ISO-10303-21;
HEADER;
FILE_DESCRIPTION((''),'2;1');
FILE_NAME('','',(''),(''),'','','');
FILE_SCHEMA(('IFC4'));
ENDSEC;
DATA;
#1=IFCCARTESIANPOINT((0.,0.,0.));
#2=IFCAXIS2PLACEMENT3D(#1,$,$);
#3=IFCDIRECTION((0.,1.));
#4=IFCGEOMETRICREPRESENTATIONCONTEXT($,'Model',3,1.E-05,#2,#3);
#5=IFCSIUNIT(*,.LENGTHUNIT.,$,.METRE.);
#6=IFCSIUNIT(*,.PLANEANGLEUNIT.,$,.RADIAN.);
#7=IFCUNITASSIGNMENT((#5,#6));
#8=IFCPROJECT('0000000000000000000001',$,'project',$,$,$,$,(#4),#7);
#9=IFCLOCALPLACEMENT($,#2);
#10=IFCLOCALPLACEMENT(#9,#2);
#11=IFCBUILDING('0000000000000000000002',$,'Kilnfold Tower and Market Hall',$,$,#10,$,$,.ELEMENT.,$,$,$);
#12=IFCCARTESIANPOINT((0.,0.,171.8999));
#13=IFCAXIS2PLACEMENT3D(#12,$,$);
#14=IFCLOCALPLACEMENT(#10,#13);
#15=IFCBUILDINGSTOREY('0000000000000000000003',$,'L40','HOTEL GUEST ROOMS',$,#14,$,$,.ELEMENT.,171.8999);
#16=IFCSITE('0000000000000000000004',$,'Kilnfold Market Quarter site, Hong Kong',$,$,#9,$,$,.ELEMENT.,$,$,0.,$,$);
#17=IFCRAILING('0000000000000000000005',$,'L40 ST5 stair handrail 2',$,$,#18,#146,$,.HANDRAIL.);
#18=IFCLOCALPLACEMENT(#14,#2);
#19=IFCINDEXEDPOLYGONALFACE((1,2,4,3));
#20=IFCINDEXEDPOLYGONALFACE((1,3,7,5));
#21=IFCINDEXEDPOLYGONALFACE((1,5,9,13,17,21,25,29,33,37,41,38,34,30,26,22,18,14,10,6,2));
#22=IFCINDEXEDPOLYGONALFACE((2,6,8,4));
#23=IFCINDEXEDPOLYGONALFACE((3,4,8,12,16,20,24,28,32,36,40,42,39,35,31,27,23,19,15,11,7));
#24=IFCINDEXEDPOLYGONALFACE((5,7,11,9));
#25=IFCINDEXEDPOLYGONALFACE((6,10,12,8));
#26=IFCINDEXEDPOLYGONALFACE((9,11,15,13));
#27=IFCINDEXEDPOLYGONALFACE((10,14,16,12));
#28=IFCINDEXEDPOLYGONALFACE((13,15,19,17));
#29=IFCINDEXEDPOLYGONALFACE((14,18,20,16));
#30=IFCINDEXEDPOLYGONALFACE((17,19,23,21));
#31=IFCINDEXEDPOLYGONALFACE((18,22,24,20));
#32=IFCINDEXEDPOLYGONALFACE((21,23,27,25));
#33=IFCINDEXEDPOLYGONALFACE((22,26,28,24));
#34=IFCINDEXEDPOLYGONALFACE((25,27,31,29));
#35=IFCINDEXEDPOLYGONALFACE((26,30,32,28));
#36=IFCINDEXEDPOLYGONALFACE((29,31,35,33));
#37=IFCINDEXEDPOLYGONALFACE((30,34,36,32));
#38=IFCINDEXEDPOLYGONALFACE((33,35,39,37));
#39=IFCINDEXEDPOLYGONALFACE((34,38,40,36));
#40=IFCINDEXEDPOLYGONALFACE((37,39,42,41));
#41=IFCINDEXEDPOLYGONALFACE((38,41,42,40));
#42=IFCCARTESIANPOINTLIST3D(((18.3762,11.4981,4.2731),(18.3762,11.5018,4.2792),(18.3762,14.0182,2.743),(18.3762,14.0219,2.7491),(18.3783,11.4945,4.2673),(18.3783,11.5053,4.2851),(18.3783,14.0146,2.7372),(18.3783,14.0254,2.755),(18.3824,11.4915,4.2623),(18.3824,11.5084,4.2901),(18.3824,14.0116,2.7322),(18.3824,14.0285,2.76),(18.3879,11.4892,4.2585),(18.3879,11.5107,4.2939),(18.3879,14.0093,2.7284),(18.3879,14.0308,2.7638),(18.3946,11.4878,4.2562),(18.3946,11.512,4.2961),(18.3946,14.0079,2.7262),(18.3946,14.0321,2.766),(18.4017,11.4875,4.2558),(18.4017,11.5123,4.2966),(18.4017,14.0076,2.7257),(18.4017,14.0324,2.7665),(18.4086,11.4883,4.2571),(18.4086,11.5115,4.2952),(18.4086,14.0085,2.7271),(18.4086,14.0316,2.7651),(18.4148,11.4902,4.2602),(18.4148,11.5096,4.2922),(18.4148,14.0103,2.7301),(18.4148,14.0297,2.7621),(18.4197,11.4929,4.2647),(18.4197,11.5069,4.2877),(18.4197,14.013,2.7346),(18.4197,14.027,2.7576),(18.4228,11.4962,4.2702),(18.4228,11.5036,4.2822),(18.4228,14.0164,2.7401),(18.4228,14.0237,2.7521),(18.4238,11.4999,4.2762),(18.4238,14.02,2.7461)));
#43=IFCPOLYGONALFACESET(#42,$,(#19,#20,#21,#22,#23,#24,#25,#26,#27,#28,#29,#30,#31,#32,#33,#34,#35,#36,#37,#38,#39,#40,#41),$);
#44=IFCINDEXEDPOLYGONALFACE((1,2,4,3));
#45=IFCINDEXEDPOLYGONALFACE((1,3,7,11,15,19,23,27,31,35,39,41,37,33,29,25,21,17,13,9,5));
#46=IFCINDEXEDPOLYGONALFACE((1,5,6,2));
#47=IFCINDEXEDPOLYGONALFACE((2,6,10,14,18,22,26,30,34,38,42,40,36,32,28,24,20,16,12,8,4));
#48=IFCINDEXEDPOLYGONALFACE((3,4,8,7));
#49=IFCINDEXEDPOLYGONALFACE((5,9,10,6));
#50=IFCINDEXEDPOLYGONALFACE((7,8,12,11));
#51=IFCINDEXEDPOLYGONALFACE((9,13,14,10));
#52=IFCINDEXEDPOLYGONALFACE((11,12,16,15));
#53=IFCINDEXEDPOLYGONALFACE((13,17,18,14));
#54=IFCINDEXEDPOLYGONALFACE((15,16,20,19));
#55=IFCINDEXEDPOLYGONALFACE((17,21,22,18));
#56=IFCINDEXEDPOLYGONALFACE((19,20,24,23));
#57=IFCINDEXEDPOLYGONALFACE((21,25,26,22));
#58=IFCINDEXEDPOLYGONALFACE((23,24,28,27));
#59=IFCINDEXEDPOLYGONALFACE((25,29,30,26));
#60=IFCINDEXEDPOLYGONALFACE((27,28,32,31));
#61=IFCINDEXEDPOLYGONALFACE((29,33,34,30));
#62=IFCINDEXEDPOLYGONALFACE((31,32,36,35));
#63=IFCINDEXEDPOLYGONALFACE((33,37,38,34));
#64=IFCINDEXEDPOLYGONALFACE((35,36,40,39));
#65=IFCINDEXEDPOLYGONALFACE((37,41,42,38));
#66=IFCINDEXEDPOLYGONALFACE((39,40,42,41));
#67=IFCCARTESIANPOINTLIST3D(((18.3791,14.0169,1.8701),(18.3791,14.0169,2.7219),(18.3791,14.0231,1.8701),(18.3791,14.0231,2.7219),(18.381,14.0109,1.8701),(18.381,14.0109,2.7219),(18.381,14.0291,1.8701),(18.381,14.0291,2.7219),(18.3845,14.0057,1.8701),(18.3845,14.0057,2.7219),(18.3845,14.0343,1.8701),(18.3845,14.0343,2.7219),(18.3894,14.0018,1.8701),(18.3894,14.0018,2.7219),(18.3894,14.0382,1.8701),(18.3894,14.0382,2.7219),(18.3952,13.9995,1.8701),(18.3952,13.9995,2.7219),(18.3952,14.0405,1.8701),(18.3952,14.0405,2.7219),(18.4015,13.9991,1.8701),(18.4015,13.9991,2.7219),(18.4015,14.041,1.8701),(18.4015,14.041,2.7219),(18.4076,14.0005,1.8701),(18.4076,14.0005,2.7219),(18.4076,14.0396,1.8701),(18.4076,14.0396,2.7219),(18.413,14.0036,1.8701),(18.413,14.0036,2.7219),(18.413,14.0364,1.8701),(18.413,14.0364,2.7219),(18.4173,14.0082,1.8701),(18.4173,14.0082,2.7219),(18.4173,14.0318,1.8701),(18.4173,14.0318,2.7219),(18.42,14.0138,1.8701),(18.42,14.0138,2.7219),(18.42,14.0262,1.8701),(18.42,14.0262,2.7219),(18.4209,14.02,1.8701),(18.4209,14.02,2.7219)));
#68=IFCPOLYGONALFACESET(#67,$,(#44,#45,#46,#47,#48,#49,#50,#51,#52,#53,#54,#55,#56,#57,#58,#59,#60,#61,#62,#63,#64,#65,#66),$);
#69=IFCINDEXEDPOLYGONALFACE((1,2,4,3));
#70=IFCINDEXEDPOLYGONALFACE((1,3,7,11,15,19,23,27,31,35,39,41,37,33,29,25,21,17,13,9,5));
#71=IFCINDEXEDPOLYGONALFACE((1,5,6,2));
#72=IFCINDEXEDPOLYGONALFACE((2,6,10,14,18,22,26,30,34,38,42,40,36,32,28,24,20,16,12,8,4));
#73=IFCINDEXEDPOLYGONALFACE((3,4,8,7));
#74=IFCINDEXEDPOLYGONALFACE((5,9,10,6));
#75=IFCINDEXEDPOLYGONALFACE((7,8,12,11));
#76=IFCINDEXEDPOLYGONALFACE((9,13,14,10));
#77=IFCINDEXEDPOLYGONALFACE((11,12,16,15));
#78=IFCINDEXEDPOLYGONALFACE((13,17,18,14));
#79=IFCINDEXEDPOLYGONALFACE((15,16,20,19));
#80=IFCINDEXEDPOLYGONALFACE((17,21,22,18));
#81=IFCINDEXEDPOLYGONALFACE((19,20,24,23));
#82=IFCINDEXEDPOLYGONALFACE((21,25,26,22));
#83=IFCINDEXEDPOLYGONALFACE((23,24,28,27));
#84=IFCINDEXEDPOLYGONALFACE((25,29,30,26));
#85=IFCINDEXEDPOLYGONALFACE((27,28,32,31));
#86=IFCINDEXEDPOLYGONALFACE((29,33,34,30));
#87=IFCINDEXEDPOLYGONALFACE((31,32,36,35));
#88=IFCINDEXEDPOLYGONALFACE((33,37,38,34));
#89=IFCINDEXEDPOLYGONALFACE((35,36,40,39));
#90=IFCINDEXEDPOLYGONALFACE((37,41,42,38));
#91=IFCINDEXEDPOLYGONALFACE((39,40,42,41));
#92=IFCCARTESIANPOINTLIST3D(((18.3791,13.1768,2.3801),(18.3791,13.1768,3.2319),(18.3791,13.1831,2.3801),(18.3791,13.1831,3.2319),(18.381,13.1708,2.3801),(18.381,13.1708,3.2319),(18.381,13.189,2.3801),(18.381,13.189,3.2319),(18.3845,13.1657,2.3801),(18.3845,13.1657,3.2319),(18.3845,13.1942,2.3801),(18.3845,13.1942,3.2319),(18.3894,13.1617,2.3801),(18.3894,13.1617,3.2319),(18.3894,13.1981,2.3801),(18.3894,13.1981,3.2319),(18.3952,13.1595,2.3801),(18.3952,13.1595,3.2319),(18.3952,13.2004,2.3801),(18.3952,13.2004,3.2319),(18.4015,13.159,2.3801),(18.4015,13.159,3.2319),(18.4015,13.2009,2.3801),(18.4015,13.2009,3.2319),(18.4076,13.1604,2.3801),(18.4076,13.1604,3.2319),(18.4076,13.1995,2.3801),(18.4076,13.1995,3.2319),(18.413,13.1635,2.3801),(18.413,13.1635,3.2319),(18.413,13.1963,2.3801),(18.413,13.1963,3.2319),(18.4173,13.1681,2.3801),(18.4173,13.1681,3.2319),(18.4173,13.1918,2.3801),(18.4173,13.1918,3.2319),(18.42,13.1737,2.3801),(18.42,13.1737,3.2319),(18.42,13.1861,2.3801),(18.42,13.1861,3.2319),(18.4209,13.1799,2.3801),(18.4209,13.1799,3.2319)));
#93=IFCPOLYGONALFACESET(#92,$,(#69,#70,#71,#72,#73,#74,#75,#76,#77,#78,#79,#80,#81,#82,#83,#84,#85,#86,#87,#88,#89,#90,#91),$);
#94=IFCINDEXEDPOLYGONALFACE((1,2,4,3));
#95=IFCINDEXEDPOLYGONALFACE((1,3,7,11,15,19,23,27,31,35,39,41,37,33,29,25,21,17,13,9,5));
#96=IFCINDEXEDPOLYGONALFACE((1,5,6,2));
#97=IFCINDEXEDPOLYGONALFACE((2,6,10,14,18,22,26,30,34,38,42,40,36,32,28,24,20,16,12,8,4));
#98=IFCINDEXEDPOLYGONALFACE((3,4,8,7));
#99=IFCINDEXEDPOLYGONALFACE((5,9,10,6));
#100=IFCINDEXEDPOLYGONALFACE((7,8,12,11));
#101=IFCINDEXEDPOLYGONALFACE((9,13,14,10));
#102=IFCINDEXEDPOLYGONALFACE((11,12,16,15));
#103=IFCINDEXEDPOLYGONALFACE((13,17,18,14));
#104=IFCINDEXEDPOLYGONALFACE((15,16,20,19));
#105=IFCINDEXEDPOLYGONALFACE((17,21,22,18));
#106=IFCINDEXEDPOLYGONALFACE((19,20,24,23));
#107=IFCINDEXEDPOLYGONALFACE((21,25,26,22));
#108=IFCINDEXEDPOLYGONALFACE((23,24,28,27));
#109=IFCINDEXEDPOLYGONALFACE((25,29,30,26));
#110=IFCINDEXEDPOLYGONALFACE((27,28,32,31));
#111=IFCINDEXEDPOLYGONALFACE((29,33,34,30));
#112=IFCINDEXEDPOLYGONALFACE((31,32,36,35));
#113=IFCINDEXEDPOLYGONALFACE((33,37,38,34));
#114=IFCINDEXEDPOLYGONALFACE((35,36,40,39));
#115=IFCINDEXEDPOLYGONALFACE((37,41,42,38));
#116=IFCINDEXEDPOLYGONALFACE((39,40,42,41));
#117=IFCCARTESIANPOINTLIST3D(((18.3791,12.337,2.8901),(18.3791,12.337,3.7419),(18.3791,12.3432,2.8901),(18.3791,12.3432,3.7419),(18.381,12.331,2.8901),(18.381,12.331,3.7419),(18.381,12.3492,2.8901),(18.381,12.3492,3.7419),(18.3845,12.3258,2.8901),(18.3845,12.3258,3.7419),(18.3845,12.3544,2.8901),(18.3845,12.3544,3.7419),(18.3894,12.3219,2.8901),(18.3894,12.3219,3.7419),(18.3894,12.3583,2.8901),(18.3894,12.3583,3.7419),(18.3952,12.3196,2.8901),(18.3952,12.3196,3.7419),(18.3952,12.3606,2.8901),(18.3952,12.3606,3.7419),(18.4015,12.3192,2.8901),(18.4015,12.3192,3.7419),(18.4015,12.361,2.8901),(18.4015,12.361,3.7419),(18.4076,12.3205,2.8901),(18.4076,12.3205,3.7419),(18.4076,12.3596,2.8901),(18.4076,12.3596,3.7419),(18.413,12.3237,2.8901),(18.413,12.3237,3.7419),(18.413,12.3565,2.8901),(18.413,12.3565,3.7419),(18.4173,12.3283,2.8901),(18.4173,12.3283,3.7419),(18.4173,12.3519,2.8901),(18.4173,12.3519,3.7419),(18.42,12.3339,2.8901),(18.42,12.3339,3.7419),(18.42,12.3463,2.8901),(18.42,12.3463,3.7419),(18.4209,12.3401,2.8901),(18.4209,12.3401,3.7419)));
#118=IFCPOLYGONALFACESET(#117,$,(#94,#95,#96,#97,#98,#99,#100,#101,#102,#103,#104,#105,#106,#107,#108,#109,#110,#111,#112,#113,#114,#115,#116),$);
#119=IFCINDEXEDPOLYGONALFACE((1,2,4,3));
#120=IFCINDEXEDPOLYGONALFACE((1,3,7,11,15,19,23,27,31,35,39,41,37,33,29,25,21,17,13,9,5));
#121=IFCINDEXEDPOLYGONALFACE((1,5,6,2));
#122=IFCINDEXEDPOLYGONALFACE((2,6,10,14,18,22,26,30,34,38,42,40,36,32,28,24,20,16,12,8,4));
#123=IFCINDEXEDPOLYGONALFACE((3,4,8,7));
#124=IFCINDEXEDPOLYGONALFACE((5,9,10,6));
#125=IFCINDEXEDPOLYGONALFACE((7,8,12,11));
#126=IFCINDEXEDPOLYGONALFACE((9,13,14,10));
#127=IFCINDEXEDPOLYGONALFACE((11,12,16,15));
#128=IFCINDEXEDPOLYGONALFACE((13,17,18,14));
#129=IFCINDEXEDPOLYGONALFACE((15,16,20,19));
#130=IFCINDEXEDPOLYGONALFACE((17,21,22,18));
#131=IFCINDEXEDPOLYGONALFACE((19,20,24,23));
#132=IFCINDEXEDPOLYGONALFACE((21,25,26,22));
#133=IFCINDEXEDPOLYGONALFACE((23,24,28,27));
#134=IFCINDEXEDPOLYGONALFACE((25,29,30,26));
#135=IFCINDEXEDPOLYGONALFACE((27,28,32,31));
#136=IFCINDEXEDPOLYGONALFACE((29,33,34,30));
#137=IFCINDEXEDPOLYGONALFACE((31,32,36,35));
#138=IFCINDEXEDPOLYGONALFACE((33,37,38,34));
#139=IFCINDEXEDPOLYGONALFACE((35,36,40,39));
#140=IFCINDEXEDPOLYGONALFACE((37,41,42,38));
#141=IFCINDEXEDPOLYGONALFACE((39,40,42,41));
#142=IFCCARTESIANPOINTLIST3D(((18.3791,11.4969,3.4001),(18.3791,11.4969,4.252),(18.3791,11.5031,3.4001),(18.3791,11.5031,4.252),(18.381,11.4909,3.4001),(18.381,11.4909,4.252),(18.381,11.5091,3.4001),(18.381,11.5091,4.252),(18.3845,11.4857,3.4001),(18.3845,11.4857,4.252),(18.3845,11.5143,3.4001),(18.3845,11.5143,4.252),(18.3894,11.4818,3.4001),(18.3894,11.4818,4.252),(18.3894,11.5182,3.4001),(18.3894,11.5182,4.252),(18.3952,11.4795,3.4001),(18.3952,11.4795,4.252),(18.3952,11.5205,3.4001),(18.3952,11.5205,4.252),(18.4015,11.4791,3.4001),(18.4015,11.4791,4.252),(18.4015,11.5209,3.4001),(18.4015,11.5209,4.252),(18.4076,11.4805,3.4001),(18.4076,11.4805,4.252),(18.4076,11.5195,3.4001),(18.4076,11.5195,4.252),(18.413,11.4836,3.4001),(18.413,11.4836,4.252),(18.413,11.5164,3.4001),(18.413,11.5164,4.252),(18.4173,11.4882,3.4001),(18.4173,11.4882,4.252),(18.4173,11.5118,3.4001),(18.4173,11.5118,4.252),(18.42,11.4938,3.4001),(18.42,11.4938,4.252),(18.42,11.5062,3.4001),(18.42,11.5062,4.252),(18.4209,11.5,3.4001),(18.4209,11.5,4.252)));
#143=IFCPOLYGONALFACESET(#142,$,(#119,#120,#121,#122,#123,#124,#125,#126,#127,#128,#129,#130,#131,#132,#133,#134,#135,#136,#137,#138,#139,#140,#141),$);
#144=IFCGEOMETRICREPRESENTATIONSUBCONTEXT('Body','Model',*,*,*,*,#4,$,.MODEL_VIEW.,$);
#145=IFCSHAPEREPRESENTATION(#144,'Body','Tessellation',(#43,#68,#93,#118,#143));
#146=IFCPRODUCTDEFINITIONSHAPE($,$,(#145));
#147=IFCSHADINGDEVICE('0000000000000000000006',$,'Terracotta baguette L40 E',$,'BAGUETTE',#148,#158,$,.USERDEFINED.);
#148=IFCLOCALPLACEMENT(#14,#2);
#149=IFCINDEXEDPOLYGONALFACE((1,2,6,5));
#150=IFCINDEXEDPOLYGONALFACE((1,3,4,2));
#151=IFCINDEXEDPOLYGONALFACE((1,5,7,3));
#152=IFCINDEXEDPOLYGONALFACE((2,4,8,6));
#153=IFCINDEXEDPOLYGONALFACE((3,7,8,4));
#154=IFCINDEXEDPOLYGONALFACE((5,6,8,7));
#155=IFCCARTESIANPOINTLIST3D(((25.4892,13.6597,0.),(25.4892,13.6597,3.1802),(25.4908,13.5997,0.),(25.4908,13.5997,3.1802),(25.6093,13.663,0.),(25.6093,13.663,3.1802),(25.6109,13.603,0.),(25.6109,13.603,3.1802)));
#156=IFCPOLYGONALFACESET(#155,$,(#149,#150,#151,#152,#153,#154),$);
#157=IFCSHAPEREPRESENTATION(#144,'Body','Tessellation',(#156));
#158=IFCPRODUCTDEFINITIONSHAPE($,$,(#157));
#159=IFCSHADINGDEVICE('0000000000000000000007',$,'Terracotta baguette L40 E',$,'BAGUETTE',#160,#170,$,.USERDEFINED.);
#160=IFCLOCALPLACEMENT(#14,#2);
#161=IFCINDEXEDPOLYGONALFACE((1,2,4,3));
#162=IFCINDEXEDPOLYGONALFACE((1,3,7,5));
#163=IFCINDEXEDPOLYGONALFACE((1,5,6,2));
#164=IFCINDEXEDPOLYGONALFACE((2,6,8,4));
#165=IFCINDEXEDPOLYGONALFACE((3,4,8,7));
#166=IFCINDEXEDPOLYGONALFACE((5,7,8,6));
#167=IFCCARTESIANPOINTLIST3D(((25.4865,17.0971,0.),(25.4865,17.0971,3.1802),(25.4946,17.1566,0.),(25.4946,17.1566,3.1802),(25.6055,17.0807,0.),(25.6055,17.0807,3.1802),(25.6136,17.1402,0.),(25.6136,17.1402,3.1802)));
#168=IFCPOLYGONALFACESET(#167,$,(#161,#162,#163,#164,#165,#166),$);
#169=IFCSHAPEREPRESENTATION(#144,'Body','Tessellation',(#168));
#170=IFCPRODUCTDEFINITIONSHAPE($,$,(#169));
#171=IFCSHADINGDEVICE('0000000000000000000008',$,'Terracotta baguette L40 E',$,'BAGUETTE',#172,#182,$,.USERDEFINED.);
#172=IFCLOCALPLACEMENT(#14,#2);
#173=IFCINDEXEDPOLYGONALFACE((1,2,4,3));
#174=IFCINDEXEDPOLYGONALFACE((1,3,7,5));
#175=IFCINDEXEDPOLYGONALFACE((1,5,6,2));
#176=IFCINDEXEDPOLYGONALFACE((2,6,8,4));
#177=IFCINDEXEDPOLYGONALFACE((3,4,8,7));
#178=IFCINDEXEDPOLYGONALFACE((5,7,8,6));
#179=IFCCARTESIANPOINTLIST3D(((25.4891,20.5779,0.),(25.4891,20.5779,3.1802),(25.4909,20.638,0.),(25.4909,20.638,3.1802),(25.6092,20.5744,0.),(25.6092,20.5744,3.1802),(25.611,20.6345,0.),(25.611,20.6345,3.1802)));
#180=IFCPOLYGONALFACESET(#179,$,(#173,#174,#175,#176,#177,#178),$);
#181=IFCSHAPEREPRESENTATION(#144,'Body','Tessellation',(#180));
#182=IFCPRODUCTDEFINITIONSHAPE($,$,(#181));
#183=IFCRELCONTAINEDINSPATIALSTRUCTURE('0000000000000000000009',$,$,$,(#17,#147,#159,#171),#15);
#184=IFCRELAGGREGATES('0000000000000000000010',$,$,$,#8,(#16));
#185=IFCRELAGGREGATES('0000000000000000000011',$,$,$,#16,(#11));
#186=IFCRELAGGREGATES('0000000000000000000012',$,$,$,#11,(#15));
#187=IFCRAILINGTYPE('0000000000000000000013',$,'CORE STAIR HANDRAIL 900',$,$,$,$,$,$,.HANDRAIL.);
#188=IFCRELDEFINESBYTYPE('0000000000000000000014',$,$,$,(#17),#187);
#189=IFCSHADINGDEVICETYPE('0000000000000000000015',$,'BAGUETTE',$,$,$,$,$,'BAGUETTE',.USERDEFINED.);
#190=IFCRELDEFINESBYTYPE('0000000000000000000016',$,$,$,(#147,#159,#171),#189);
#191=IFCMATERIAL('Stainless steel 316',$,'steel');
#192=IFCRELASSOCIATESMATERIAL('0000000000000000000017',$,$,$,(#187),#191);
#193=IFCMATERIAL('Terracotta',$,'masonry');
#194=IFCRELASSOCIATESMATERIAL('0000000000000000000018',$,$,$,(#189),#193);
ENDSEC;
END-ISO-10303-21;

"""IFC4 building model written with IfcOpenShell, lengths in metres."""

from ifc_helpers import new_model, si_unit, direction, frame, origin, origin_2d, place, context, subcontext, project, spatial, rectangle, circle, extrude, source, transform, mapped, material, material_profile, profile_set, type_object, element, save


model = new_model("IFC4")

# Units and contexts
model_context = context("Model", 3, precision=1e-05, world=origin(), true_north=direction((0.0, 1.0)))
body_context = subcontext(model_context, "Body", "Model", "MODEL_VIEW")
ifc_project = project(units=[si_unit("LENGTHUNIT", "METRE"), si_unit("PLANEANGLEUNIT", "RADIAN")], contexts=[model_context])

# Site, building, storey
site_placement = place(None, origin())
site = spatial("IfcSite", under=ifc_project, at=site_placement, Name="Kilnfold Market Quarter site, Hong Kong", CompositionType="ELEMENT", RefElevation=0.0)
building_placement = place(site_placement, origin())
building = spatial("IfcBuilding", under=site, at=building_placement, Name="Kilnfold Tower and Market Hall", CompositionType="ELEMENT")
storey_placement = place(building_placement, frame((0.0, 0.0, 171.8999)))
storey = spatial("IfcBuildingStorey", under=building, at=storey_placement, Name="L40", Description="HOTEL GUEST ROOMS", CompositionType="ELEMENT", Elevation=171.8999)

# Railing
ifc_material_1 = material(Name="Stainless steel 316", Category="steel")
railing_type = type_object("IfcRailingType", Name="CORE STAIR HANDRAIL 900", PredefinedType="HANDRAIL", material=ifc_material_1)
railing_placement = place(storey_placement, frame((18.3999, 14.02, 1.8701)))
element("IfcRailing", 1, at=railing_placement, inside=storey, type_object=railing_type, Name="L40 ST5 stair handrail 2", PredefinedType="HANDRAIL", context=body_context, shape_type="SweptSolid", body=[
    extrude(circle(Radius=0.0239, at=origin_2d()), frame((0.0, 0.0, 0.876), z_axis=(0.0, -0.854785, 0.518982), x_axis=(1.0, 0.0, 0.0)), (0.0, 0.0, 1.0), 2.9482),
    extrude(circle(Radius=0.021, at=origin_2d()), origin(), (0.0, 0.0, 1.0), 0.8518),
    extrude(circle(Radius=0.021, at=origin_2d()), frame((0.0, -0.8401, 0.51)), (0.0, 0.0, 1.0), 0.8518),
    extrude(circle(Radius=0.021, at=origin_2d()), frame((0.0, -1.6799, 1.02)), (0.0, 0.0, 1.0), 0.8518),
    extrude(circle(Radius=0.021, at=origin_2d()), frame((0.0, -2.52, 1.53)), (0.0, 0.0, 1.0), 0.8518),
])

# Shading devices
ifc_material_2 = material(Name="Terracotta", Category="masonry")
ifc_material_profile_1 = material_profile(ifc_material_2, rectangle(XDim=0.0601, YDim=0.1201, at=origin_2d()), Name="BAG 60x120")
ifc_profile_set_1 = profile_set([ifc_material_profile_1], Name="Terracotta")
shading_device_type = type_object("IfcShadingDeviceType", Name="BAGUETTE", ElementType="BAGUETTE", PredefinedType="USERDEFINED", material=ifc_profile_set_1)
shared_shape_1 = source(origin(), body_context, "Body", "SweptSolid", [
    extrude(rectangle(XDim=0.0601, YDim=0.1201, at=origin_2d()), origin(), (0.0, 0.0, 1.0), 3.1802),
])
for number, where, z_axis, x_axis, name in (
    (2, (25.55, 13.6313, 0.0), (0.0, 0.0, 1.0), (-0.027697, 0.999616, 0.0), "Terracotta baguette L40 E"),
    (3, (25.55, 17.1187, 0.0), (0.0, 0.0, 1.0), (0.136269, 0.990672, 0.0), "Terracotta baguette L40 E"),
    (4, (25.55, 20.6062, 0.0), (0.0, 0.0, 1.0), (0.02923, 0.999573, 0.0), "Terracotta baguette L40 E"),
):
    element("IfcShadingDevice", number, at=place(storey_placement, frame(where, z_axis=z_axis, x_axis=x_axis)), inside=storey, type_object=shading_device_type, Name=name, ObjectType="BAGUETTE", PredefinedType="USERDEFINED", context=body_context, shape_type="MappedRepresentation", body=[
        mapped(shared_shape_1, transform((0.0, 0.0, 0.0))),
    ])

save(model, "model.ifc")
